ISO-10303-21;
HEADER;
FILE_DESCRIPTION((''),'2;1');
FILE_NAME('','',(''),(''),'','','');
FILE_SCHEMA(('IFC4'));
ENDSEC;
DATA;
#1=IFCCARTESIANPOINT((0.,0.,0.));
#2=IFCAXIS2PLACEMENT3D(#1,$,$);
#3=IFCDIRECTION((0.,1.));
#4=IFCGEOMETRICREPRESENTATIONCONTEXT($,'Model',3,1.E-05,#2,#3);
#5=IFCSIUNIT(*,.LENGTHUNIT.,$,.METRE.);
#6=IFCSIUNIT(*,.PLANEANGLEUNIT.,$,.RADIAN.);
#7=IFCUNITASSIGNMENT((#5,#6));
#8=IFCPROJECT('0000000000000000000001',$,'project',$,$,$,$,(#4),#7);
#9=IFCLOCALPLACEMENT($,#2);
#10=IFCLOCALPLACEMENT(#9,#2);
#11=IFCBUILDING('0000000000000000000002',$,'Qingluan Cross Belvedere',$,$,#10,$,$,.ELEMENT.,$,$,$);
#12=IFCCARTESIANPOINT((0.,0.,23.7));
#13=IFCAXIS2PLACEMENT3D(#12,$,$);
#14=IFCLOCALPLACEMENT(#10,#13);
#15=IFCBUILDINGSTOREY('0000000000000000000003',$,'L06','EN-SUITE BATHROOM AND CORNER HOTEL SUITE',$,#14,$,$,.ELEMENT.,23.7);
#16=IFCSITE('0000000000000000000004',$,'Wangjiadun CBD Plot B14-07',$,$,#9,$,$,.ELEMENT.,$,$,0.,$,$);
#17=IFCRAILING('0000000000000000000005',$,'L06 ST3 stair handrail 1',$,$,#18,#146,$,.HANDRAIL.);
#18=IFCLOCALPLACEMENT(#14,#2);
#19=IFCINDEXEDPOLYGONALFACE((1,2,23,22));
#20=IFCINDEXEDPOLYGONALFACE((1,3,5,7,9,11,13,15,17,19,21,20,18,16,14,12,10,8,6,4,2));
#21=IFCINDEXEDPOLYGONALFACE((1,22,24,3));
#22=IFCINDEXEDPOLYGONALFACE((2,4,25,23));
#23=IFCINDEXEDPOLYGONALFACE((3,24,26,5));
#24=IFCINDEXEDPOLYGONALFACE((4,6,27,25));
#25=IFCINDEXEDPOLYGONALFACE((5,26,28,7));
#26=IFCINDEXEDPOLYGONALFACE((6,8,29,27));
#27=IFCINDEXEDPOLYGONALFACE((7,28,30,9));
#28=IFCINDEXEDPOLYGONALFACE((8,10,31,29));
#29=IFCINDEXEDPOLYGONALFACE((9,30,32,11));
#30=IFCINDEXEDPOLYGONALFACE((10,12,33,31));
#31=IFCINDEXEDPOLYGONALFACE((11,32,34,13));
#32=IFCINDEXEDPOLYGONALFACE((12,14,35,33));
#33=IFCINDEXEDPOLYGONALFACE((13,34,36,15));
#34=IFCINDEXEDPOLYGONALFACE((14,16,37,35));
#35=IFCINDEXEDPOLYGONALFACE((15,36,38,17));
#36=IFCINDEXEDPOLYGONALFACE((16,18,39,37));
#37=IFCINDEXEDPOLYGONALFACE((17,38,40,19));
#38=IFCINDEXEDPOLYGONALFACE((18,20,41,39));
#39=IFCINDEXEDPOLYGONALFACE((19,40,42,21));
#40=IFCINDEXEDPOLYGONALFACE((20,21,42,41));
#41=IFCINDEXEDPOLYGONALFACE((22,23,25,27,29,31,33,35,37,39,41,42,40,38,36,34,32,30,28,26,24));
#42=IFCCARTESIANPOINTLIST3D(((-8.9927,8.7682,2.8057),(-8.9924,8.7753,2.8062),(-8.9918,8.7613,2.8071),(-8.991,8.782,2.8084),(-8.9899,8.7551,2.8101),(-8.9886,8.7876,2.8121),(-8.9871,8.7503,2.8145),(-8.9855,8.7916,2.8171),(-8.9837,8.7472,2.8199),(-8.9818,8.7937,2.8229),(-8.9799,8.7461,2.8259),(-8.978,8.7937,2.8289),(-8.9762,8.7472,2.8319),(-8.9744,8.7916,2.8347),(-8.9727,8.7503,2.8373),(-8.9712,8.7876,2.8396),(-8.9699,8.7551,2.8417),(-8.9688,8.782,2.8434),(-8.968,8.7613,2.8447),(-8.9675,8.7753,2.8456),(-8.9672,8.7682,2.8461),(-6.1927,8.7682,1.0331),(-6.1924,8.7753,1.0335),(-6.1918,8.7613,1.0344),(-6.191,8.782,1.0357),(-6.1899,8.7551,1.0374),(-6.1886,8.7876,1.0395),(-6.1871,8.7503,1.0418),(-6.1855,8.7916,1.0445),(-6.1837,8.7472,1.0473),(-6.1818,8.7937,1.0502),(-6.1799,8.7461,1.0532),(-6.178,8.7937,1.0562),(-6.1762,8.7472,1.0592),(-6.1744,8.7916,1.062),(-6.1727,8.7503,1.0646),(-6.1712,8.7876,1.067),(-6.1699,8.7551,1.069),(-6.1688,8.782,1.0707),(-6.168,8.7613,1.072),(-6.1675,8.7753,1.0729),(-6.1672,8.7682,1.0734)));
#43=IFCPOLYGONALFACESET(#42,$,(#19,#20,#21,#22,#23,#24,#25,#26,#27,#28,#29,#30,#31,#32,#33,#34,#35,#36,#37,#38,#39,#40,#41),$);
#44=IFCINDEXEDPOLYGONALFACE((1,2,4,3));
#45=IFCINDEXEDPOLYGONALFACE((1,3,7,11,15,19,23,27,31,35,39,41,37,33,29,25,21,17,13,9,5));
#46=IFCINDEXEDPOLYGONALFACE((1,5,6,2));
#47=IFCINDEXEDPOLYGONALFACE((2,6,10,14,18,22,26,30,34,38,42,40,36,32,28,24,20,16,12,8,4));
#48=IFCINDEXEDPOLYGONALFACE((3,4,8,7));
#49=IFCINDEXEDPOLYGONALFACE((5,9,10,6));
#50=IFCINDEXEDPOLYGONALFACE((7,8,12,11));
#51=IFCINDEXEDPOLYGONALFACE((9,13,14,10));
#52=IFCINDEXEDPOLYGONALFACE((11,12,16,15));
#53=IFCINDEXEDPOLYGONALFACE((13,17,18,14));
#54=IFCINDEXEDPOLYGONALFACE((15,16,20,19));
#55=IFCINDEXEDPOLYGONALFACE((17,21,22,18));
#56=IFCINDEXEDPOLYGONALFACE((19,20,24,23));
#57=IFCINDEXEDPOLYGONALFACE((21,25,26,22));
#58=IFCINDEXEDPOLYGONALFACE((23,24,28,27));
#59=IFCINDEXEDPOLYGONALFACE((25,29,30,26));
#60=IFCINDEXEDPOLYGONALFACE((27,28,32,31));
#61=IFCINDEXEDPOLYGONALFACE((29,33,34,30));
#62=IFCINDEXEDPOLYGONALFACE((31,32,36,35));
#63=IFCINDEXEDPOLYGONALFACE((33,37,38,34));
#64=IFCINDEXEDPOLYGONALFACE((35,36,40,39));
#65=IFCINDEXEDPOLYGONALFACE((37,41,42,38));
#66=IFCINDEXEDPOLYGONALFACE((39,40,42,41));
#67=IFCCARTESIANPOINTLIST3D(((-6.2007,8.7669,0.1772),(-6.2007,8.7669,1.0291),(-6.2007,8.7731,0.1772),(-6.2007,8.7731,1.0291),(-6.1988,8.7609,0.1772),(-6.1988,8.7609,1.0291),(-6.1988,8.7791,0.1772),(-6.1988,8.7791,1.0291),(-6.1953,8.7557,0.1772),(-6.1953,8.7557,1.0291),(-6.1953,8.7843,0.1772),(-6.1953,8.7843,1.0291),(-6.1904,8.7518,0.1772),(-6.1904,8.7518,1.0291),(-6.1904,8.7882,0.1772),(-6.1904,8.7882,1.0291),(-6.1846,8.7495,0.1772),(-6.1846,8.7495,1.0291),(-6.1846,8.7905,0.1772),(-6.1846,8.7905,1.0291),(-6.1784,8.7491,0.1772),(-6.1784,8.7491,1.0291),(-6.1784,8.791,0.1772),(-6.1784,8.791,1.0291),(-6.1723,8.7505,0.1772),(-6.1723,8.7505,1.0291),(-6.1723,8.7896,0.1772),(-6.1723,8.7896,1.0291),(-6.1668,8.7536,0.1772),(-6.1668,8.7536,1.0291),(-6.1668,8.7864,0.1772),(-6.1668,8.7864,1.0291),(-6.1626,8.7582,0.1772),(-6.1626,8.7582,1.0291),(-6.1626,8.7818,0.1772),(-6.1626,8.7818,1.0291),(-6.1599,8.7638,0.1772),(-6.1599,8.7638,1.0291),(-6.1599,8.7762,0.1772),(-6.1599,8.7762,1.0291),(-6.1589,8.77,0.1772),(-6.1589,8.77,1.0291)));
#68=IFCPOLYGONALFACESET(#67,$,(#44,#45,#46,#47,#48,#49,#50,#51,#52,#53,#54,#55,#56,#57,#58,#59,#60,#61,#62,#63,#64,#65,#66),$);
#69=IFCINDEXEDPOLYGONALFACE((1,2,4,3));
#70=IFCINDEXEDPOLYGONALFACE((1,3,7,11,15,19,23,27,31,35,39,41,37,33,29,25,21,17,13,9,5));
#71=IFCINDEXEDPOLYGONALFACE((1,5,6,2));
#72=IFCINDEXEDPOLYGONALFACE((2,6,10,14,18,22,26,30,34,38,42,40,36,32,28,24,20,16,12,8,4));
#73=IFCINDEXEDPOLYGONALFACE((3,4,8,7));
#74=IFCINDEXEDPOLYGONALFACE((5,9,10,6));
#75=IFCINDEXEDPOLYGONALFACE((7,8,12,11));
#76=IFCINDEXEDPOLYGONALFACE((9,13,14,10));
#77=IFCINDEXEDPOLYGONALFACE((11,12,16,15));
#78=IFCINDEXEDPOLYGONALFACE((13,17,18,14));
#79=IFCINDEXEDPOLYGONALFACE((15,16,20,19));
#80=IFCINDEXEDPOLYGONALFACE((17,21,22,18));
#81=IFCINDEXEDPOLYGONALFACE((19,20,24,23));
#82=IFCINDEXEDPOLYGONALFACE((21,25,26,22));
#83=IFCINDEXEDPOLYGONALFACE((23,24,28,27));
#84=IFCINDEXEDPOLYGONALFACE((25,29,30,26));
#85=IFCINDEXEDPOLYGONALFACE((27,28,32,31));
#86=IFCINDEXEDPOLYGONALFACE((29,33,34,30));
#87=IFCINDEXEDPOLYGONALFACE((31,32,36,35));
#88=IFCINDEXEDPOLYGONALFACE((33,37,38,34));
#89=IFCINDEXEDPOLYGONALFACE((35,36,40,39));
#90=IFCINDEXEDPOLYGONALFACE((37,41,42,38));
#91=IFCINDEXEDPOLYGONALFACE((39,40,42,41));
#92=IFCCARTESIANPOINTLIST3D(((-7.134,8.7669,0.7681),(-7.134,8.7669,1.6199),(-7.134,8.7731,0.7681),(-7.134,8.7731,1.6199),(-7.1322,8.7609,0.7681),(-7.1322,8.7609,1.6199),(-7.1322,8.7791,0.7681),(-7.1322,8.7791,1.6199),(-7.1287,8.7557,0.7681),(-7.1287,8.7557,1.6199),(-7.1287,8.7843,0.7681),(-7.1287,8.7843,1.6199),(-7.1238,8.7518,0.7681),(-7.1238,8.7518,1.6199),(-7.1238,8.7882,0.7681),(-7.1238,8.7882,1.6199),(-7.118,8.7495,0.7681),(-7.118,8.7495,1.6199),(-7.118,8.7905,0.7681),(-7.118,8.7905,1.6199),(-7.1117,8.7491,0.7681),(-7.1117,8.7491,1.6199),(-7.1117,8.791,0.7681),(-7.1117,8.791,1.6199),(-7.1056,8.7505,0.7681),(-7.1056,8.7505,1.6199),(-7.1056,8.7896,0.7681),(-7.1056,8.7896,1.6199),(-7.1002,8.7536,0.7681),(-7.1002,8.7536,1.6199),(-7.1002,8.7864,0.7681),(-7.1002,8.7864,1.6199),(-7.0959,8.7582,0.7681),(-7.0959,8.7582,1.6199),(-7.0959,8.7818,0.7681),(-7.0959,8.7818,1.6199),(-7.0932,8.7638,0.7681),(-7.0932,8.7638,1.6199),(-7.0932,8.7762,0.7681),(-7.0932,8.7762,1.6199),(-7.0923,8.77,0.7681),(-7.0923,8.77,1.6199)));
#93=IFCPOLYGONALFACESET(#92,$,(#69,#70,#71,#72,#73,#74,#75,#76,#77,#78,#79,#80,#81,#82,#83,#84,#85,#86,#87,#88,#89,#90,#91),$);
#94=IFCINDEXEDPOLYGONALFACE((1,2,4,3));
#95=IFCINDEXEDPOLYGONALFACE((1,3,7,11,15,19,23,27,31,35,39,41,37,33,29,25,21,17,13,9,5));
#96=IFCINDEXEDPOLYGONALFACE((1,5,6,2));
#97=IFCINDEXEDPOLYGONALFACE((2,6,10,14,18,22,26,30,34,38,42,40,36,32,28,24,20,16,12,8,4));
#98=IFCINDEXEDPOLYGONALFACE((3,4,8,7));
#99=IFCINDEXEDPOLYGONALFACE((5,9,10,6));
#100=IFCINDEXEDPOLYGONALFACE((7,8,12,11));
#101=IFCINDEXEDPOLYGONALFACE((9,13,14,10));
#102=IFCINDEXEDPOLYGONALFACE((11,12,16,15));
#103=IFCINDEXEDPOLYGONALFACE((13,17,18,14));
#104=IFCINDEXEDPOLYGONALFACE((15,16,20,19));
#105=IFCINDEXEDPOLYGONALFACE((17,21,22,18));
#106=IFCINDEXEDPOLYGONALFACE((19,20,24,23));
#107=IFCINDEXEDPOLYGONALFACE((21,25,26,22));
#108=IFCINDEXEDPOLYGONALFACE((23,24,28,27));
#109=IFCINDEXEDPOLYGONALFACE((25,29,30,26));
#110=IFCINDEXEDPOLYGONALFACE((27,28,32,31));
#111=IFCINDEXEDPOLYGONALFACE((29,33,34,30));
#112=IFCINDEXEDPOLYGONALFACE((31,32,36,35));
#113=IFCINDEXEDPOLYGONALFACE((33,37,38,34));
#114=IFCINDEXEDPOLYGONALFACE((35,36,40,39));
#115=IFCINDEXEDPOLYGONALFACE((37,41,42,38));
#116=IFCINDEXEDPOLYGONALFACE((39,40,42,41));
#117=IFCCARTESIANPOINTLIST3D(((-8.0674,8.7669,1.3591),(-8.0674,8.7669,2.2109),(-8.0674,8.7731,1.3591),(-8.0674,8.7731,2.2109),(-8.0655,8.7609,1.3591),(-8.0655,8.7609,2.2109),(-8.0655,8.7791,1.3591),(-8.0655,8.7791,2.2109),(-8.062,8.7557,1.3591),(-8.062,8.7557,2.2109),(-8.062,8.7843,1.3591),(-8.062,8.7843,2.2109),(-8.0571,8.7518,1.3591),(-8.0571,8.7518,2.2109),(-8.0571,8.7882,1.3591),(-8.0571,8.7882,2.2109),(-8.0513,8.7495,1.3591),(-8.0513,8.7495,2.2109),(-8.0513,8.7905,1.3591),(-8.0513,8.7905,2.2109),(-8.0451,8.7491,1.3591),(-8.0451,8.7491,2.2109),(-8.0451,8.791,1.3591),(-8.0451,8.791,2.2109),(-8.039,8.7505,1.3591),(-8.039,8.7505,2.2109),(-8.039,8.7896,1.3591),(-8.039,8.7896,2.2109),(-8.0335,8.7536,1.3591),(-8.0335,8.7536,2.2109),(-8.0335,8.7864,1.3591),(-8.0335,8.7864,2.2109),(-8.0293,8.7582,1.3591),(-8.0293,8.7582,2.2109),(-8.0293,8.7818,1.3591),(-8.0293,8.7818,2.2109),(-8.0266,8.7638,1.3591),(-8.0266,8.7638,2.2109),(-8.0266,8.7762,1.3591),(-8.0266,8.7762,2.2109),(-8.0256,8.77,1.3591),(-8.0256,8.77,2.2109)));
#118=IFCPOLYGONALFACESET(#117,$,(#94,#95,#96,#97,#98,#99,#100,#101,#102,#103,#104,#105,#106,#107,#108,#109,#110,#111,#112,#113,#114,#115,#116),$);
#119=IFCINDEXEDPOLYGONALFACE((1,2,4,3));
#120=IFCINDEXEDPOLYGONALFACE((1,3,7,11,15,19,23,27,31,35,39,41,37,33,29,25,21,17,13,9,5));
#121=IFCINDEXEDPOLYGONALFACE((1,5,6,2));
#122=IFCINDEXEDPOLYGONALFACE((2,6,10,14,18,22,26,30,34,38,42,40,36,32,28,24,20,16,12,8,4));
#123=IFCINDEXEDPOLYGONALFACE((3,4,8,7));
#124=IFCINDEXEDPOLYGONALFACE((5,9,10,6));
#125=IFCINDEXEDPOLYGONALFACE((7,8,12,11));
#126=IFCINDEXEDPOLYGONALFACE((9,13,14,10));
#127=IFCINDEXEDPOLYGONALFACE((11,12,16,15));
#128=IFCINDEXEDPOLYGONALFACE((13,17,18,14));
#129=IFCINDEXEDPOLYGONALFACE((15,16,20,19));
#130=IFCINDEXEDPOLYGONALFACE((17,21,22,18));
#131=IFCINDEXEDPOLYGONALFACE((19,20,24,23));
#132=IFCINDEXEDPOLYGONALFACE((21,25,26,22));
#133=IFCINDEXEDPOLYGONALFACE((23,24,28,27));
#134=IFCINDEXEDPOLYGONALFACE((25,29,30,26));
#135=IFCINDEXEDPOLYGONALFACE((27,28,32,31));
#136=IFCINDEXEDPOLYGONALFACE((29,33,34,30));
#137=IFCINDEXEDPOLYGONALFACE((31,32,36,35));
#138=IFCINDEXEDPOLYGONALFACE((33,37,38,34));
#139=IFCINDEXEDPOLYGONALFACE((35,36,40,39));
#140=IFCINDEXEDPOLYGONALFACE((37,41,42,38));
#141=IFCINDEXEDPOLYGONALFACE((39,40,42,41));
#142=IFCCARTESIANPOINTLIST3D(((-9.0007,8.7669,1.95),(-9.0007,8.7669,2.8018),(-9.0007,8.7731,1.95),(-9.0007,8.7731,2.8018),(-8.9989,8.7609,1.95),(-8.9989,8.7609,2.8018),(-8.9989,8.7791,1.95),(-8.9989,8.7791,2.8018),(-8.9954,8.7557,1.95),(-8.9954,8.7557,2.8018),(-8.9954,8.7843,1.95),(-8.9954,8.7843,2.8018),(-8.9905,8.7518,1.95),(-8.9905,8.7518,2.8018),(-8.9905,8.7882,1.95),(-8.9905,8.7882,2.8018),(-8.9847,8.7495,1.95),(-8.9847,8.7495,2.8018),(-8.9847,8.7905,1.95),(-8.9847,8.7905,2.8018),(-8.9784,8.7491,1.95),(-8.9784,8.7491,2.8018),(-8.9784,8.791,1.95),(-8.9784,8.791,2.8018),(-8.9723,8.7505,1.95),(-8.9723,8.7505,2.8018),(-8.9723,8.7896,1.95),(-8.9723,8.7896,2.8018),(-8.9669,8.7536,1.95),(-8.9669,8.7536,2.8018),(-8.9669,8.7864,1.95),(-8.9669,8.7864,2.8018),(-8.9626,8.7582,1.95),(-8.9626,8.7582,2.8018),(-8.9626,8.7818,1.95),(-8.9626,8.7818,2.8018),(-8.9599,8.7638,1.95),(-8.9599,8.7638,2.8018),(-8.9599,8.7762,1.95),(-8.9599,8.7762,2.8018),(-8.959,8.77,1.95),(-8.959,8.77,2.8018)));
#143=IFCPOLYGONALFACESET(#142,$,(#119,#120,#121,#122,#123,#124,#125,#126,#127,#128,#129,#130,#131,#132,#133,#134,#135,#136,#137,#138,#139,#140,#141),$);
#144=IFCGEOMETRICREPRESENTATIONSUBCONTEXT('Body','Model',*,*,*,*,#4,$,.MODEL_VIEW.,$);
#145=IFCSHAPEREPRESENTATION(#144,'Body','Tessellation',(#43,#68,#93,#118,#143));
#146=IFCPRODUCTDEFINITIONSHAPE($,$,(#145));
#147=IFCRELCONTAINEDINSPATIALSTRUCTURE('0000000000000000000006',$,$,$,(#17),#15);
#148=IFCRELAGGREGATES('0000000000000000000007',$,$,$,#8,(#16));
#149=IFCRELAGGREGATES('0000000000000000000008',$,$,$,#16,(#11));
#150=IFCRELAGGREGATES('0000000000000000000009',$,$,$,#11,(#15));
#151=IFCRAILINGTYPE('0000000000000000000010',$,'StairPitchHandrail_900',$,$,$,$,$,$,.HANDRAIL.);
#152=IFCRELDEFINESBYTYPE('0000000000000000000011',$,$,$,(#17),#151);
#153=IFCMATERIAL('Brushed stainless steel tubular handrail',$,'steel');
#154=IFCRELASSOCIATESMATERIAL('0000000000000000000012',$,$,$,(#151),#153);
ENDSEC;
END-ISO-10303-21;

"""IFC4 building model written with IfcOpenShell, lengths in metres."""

from ifc_helpers import new_model, si_unit, direction, frame, origin, origin_2d, place, context, subcontext, project, spatial, circle, extrude, material, type_object, element, save


model = new_model("IFC4")

# Units and contexts
model_context = context("Model", 3, precision=1e-05, world=origin(), true_north=direction((0.0, 1.0)))
body_context = subcontext(model_context, "Body", "Model", "MODEL_VIEW")
ifc_project = project(units=[si_unit("LENGTHUNIT", "METRE"), si_unit("PLANEANGLEUNIT", "RADIAN")], contexts=[model_context])

# Site, building, storey
site_placement = place(None, origin())
site = spatial("IfcSite", under=ifc_project, at=site_placement, Name="Wangjiadun CBD Plot B14-07", CompositionType="ELEMENT", RefElevation=0.0)
building_placement = place(site_placement, origin())
building = spatial("IfcBuilding", under=site, at=building_placement, Name="Qingluan Cross Belvedere", CompositionType="ELEMENT")
storey_placement = place(building_placement, frame((0.0, 0.0, 23.7)))
storey = spatial("IfcBuildingStorey", under=building, at=storey_placement, Name="L06", Description="EN-SUITE BATHROOM AND CORNER HOTEL SUITE", CompositionType="ELEMENT", Elevation=23.7)

# Railing
ifc_material_1 = material(Name="Brushed stainless steel tubular handrail", Category="steel")
railing_type_1 = type_object("IfcRailingType", Name="StairPitchHandrail_900", PredefinedType="HANDRAIL", material=ifc_material_1)
railing_1_placement = place(storey_placement, frame((-6.1799, 8.77, 0.1772)))
element("IfcRailing", 1, at=railing_1_placement, inside=storey, type_object=railing_type_1, Name="L06 ST3 stair handrail 1", PredefinedType="HANDRAIL", context=body_context, shape_type="SweptSolid", body=[
    extrude(circle(Radius=0.0239, at=origin_2d()), frame((0.0, 0.0, 0.876), z_axis=(-0.844909, 0.0, 0.53491), x_axis=(0.0, -1.0, 0.0)), (0.0, 0.0, 1.0), 3.314),
    extrude(circle(Radius=0.021, at=origin_2d()), origin(), (0.0, 0.0, 1.0), 0.8518),
    extrude(circle(Radius=0.021, at=origin_2d()), frame((-0.9333, 0.0, 0.5908)), (0.0, 0.0, 1.0), 0.8518),
    extrude(circle(Radius=0.021, at=origin_2d()), frame((-1.8667, 0.0, 1.1819)), (0.0, 0.0, 1.0), 0.8518),
    extrude(circle(Radius=0.021, at=origin_2d()), frame((-2.8, 0.0, 1.7727)), (0.0, 0.0, 1.0), 0.8518),
])

save(model, "model.ifc")
